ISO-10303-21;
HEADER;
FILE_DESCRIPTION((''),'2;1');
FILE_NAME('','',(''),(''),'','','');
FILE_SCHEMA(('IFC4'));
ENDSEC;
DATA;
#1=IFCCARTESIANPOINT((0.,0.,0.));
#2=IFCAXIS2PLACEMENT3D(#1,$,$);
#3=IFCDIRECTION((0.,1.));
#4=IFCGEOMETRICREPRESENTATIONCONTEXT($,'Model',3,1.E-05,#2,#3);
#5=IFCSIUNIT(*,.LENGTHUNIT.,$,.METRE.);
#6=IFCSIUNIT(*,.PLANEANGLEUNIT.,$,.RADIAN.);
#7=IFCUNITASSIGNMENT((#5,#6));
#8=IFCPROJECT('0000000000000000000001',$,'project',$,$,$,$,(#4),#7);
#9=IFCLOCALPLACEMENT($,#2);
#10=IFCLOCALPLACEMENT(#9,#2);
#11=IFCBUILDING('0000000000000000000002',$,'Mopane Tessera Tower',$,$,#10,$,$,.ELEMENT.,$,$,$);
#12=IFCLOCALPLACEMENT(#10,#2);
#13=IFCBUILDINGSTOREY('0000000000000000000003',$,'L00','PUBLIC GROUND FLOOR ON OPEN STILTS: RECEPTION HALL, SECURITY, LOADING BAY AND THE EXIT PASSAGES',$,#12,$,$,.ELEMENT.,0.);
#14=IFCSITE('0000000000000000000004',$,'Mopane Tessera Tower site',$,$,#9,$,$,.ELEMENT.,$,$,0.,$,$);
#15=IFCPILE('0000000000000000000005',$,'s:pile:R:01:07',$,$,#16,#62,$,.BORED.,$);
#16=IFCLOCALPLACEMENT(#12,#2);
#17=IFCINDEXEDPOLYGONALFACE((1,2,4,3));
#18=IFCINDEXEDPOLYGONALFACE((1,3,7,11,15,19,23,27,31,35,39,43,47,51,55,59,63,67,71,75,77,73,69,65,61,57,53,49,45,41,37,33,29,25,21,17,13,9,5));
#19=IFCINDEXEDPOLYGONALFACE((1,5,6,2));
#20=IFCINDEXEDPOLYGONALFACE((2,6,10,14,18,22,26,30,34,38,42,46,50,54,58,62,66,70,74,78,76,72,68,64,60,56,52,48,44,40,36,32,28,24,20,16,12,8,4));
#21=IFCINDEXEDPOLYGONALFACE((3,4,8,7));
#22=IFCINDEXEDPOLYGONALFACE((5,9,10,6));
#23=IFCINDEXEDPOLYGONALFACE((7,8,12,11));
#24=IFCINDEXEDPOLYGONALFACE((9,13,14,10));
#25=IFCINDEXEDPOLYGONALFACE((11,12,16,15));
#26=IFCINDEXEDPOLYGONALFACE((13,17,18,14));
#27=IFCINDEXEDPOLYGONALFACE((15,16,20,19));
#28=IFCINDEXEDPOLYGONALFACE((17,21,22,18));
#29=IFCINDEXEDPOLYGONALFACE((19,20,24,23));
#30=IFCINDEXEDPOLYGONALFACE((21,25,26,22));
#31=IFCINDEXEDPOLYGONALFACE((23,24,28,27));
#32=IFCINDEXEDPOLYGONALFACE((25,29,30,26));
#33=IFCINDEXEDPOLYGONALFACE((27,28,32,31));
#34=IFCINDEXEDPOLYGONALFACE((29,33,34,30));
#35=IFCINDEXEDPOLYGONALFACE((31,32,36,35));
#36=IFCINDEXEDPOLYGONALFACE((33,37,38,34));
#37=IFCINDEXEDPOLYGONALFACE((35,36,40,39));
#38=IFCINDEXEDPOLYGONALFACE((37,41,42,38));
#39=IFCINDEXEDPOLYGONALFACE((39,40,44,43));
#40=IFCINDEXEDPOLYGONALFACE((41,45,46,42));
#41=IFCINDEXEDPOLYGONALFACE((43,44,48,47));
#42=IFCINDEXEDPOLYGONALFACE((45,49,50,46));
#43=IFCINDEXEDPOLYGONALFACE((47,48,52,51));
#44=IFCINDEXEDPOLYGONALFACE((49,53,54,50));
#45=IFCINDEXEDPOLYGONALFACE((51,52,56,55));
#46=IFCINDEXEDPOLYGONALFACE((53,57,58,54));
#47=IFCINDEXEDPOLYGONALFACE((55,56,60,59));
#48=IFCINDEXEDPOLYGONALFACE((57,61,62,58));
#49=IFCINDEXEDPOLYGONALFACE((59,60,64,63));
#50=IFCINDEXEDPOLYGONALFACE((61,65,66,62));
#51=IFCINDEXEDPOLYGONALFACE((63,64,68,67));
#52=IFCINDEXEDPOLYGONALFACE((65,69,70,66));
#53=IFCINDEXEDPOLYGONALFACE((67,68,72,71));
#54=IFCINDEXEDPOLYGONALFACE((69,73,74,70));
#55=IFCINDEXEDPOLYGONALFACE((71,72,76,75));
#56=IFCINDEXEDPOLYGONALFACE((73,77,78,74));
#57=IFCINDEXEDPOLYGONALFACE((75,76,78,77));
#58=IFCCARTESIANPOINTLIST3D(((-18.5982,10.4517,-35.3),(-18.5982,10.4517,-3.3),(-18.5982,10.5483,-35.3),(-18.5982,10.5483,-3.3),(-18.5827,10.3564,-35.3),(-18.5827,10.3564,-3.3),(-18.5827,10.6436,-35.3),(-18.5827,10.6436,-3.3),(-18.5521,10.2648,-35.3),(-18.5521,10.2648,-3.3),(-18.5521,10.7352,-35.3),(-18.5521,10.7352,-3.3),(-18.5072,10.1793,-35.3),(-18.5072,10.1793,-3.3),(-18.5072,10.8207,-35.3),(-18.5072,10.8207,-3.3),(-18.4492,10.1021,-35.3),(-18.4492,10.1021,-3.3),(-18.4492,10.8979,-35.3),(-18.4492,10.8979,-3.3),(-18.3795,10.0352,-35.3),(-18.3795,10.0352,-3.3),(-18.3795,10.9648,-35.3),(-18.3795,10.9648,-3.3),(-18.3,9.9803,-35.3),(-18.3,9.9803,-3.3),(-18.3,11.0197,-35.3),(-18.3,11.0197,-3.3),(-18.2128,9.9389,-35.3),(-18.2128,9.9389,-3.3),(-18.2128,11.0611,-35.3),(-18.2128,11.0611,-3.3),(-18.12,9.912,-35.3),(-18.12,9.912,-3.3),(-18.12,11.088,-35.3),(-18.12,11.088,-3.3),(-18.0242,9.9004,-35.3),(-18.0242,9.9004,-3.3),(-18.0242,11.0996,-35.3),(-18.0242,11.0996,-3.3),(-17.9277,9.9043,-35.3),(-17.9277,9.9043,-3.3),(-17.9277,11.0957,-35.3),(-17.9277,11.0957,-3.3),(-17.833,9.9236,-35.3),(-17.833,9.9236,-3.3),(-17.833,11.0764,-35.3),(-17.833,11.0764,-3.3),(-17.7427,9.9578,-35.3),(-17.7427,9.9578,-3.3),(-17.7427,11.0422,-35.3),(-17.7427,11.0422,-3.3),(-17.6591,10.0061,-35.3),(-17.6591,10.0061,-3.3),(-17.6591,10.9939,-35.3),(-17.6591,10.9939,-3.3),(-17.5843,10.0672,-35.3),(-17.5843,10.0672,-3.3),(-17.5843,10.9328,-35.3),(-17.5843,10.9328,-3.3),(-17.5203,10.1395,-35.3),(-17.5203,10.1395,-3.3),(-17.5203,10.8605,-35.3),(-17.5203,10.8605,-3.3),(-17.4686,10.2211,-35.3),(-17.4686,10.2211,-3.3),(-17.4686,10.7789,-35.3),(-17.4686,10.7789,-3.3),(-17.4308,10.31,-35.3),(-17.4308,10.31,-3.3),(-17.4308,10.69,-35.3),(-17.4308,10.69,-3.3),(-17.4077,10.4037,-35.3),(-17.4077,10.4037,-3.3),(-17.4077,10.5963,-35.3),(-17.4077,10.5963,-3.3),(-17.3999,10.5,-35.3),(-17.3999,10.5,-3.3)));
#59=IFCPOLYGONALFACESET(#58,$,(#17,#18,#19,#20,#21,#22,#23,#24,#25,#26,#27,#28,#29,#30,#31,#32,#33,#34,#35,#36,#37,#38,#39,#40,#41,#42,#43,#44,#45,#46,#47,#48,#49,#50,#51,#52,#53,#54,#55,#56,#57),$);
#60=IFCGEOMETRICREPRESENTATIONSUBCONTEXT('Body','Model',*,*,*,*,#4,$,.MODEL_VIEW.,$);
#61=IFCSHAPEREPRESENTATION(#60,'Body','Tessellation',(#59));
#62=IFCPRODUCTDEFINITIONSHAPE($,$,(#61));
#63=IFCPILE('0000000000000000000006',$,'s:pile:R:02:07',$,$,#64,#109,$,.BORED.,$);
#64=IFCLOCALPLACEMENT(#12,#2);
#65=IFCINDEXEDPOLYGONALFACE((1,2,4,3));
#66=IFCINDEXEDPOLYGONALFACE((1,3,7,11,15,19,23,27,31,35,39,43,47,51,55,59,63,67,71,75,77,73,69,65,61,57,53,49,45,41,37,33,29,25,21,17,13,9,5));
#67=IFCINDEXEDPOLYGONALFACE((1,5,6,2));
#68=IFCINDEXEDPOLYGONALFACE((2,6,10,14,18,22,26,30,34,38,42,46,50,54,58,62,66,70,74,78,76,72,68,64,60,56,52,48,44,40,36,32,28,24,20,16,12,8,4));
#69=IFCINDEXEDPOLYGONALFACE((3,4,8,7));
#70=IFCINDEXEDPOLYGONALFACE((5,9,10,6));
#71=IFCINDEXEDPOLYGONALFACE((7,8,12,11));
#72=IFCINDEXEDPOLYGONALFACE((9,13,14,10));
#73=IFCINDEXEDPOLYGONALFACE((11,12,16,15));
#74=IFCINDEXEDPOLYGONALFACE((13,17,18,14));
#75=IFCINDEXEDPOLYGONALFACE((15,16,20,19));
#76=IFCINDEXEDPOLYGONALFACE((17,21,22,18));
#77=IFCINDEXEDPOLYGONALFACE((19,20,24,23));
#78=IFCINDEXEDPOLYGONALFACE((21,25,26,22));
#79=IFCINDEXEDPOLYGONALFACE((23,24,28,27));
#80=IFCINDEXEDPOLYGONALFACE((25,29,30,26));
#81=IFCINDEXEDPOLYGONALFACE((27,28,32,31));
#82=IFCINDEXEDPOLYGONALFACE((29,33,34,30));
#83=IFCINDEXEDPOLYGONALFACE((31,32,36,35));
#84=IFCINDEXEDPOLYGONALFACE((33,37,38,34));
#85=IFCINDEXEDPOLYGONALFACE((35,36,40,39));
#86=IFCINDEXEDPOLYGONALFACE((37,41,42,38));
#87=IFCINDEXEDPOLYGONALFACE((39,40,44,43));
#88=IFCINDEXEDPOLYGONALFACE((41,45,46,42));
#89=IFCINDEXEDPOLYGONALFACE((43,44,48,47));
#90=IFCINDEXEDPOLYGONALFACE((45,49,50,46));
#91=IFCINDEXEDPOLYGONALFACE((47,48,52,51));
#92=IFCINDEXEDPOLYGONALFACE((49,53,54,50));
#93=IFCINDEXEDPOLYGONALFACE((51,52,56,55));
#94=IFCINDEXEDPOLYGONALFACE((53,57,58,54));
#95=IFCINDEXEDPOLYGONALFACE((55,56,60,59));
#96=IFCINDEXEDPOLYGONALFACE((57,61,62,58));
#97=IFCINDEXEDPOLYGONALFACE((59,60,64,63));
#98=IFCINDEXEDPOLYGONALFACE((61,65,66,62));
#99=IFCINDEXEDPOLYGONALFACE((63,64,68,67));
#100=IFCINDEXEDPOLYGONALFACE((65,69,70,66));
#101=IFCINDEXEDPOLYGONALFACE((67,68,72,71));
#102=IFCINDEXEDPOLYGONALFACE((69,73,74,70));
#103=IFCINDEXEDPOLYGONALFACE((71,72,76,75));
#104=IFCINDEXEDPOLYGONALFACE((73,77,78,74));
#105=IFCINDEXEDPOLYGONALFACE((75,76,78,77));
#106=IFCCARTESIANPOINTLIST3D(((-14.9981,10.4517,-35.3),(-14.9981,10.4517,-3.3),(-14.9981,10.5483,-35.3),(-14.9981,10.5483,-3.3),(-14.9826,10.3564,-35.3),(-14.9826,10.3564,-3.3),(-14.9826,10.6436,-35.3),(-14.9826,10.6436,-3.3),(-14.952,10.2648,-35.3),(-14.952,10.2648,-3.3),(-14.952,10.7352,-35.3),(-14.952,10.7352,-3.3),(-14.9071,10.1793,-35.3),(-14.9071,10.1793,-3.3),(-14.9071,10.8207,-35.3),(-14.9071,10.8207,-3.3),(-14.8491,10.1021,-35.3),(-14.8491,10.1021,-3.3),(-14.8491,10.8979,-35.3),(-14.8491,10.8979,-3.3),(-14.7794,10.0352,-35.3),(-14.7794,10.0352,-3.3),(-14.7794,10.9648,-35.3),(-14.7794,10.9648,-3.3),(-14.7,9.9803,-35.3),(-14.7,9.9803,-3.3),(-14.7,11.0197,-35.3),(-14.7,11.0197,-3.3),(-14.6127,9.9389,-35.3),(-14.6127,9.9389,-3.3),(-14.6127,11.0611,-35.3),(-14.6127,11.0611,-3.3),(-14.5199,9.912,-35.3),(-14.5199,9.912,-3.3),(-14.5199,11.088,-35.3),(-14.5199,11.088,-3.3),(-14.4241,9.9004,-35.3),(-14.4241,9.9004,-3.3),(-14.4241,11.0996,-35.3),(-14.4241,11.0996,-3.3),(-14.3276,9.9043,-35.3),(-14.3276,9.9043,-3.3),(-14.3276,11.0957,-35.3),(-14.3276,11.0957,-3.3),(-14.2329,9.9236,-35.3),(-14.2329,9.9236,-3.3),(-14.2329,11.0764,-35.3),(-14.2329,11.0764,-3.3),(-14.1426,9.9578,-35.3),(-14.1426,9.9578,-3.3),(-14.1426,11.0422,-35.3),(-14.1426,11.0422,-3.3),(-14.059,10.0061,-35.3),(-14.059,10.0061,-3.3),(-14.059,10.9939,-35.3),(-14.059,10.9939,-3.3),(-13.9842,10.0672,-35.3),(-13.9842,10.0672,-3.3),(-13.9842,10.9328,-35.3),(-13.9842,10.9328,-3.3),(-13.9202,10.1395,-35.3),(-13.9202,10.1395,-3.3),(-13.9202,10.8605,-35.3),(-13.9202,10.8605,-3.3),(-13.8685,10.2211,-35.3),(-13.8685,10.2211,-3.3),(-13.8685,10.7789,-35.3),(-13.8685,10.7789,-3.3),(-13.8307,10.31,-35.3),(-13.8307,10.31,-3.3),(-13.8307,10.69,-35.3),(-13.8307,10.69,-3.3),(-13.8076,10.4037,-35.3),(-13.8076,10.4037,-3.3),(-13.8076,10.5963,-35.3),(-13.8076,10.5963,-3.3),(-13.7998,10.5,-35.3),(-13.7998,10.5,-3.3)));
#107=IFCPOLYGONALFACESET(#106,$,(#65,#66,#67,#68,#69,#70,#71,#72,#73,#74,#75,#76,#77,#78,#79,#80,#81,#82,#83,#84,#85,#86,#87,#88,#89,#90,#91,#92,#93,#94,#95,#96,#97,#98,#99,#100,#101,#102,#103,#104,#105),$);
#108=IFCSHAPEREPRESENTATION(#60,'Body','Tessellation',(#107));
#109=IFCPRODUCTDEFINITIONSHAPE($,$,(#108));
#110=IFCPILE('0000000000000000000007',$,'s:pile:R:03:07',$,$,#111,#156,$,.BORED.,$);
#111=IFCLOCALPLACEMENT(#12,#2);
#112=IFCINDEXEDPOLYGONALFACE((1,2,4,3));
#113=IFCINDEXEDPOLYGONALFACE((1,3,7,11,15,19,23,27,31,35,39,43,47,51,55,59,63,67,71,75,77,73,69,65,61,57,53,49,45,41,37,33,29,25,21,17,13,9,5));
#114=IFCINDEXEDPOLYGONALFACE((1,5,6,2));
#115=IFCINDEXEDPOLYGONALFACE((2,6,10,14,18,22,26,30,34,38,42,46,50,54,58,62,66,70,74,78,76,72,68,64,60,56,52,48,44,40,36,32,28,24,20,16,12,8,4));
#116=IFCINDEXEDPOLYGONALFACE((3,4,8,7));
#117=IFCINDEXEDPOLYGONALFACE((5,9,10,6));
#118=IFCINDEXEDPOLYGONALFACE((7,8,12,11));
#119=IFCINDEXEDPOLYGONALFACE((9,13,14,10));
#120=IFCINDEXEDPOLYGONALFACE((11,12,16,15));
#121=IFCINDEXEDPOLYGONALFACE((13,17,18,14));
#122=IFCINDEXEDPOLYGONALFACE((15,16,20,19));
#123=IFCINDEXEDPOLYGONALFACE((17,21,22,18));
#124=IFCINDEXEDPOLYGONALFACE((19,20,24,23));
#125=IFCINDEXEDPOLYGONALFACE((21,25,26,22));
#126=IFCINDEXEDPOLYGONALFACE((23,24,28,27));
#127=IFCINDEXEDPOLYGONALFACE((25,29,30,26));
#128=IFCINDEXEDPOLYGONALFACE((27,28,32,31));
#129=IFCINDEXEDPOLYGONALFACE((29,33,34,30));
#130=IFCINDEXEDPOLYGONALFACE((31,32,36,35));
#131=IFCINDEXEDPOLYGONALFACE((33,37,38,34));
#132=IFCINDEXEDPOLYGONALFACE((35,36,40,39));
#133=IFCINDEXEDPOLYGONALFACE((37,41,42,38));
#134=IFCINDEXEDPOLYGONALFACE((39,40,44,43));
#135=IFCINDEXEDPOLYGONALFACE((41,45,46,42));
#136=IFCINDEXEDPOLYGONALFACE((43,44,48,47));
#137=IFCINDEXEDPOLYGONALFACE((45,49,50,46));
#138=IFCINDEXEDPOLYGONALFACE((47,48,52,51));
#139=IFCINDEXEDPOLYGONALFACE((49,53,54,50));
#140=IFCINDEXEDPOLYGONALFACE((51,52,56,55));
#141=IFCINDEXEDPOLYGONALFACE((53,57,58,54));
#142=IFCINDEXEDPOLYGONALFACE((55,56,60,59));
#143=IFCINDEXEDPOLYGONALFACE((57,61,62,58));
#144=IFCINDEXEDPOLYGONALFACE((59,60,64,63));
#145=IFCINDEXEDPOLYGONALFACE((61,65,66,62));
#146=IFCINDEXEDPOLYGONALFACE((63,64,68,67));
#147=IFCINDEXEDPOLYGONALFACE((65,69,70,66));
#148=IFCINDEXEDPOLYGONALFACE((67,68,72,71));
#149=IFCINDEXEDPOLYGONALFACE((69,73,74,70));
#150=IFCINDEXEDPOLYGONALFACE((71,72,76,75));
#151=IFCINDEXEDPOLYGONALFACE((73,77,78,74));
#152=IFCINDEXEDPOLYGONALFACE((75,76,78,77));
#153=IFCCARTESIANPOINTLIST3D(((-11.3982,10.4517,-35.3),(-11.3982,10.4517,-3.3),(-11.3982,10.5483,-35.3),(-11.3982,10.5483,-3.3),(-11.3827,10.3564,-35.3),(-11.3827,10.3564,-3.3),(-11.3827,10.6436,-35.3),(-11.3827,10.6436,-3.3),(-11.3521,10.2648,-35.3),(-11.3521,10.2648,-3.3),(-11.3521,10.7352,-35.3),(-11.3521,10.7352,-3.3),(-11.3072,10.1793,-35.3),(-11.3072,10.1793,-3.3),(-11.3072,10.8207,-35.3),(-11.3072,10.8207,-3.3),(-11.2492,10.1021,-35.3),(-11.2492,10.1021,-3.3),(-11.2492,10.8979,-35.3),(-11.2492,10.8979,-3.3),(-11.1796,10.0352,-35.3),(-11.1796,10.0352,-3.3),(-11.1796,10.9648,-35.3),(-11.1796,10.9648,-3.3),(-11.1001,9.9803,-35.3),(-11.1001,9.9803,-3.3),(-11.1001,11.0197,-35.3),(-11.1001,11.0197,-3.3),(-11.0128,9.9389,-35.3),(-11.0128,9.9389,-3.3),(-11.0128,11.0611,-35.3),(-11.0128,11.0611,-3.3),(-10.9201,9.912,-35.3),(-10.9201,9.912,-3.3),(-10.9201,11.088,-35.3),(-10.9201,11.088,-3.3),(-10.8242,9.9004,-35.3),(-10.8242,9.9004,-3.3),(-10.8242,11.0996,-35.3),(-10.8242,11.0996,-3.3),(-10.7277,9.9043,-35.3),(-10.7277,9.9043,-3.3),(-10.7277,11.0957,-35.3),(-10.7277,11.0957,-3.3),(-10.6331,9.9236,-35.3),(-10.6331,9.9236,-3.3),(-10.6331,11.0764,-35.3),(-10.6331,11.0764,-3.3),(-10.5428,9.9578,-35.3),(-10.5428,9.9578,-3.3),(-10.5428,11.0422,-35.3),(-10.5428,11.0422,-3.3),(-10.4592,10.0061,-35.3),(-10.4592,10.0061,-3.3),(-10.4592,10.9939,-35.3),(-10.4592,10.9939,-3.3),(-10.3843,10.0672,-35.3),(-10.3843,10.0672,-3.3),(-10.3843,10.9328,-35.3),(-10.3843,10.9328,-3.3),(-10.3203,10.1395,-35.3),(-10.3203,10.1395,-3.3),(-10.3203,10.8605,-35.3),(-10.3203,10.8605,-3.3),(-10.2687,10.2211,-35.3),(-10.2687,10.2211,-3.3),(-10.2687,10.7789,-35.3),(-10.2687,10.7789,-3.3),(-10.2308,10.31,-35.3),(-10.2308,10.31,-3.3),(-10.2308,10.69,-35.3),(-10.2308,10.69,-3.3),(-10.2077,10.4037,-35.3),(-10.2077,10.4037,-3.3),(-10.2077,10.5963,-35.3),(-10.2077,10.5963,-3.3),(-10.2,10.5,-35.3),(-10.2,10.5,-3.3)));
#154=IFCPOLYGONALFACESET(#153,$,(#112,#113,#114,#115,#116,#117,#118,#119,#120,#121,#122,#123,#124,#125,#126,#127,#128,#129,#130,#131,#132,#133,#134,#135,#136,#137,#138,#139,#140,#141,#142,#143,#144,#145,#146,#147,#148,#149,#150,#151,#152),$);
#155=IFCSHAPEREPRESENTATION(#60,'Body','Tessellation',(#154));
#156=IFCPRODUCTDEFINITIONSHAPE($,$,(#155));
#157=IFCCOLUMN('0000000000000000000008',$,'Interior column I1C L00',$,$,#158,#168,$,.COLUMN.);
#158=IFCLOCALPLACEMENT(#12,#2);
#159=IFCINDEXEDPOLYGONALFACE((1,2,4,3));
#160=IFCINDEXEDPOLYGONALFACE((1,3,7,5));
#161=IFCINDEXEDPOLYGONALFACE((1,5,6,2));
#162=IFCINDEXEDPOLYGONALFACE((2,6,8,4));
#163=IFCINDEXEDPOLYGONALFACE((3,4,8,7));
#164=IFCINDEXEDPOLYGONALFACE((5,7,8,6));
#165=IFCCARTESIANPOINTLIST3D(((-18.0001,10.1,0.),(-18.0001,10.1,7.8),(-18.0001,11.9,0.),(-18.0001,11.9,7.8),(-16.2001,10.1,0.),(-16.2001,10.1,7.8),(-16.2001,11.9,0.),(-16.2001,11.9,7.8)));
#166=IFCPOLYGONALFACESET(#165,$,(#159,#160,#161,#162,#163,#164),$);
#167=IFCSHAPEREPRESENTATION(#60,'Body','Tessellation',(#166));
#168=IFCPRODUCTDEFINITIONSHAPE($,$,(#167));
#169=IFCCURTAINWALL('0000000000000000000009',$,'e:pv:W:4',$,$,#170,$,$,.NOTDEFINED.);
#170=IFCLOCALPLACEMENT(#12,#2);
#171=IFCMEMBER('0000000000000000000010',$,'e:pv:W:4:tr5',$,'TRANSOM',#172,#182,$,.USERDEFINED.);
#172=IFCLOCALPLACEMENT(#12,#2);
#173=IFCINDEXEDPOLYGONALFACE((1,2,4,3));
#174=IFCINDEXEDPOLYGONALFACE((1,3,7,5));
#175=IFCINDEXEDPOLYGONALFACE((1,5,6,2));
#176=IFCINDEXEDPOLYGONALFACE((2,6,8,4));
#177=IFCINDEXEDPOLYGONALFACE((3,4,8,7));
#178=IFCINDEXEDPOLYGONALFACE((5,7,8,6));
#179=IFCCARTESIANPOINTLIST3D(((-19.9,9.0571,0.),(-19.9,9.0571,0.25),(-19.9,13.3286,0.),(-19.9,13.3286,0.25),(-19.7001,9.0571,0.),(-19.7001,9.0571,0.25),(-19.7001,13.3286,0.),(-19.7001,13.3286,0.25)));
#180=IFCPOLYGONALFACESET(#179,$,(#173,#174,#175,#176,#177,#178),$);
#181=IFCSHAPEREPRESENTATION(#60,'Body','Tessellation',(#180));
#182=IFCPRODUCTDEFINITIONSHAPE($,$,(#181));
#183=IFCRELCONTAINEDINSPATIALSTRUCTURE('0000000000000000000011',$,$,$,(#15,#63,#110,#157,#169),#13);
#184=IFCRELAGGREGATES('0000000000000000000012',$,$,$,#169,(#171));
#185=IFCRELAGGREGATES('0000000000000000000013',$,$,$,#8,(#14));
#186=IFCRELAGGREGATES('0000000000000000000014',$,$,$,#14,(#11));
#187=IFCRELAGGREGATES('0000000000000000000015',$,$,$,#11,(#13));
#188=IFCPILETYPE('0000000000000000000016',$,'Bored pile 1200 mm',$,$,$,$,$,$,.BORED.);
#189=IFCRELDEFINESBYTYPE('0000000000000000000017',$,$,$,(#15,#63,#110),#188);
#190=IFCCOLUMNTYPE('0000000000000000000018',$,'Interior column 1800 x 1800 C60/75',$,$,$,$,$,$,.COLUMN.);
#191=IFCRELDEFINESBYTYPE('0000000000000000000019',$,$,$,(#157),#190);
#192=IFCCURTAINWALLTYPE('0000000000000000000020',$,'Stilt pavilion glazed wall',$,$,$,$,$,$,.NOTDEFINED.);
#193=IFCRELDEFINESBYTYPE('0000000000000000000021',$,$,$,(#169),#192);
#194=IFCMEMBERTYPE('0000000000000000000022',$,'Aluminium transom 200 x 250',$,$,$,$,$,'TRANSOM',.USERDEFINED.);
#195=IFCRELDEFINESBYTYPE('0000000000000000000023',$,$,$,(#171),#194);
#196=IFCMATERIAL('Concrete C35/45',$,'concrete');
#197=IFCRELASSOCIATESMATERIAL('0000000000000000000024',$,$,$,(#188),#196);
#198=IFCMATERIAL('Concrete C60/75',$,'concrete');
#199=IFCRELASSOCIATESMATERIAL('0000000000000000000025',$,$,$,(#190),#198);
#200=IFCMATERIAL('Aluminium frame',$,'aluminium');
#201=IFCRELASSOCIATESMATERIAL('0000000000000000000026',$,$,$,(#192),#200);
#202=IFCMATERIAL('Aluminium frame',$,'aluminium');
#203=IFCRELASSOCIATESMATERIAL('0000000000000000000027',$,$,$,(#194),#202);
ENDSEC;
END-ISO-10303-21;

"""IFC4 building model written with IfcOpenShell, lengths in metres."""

from ifc_helpers import new_model, si_unit, direction, frame, origin, origin_2d, place, context, subcontext, project, spatial, rectangle, circle, extrude, material, material_profile, profile_set, type_object, element, aggregate, save


model = new_model("IFC4")

# Units and contexts
model_context = context("Model", 3, precision=1e-05, world=origin(), true_north=direction((0.0, 1.0)))
body_context = subcontext(model_context, "Body", "Model", "MODEL_VIEW")
ifc_project = project(units=[si_unit("LENGTHUNIT", "METRE"), si_unit("PLANEANGLEUNIT", "RADIAN")], contexts=[model_context])

# Site, building, storey
site_placement = place(None, origin())
site = spatial("IfcSite", under=ifc_project, at=site_placement, Name="Mopane Tessera Tower site", CompositionType="ELEMENT", RefElevation=0.0)
building_placement = place(site_placement, origin())
building = spatial("IfcBuilding", under=site, at=building_placement, Name="Mopane Tessera Tower", CompositionType="ELEMENT")
storey_placement = place(building_placement, origin())
storey = spatial("IfcBuildingStorey", under=building, at=storey_placement, Name="L00", Description="PUBLIC GROUND FLOOR ON OPEN STILTS: RECEPTION HALL, SECURITY, LOADING BAY AND THE EXIT PASSAGES", CompositionType="ELEMENT", Elevation=0.0)

# Piles
ifc_material_1 = material(Name="Concrete C35/45", Category="concrete")
ifc_material_profile_1 = material_profile(ifc_material_1, circle(Radius=0.6001, at=origin_2d()))
ifc_profile_set_1 = profile_set([ifc_material_profile_1], Name="Concrete C35/45")
pile_type = type_object("IfcPileType", Name="Bored pile 1200 mm", PredefinedType="BORED", material=ifc_profile_set_1)
for number, where, z_axis, x_axis, name in (
    (1, (-18.0, 10.5, -3.3), (0.0, 0.0, -1.0), (1.0, 0.0, 0.0), "s:pile:R:01:07"),
    (2, (-14.3999, 10.5, -3.3), (0.0, 0.0, -1.0), (1.0, 0.0, 0.0), "s:pile:R:02:07"),
    (3, (-10.8, 10.5, -3.3), (0.0, 0.0, -1.0), (1.0, 0.0, 0.0), "s:pile:R:03:07"),
):
    element("IfcPile", number, at=place(storey_placement, frame(where, z_axis=z_axis, x_axis=x_axis)), inside=storey, type_object=pile_type, Name=name, PredefinedType="BORED", context=body_context, shape_type="SweptSolid", body=[
        extrude(circle(Radius=0.6001, at=origin_2d()), origin(), (0.0, 0.0, 1.0), 32.0),
    ])

# Column
ifc_material_2 = material(Name="Concrete C60/75", Category="concrete")
ifc_material_profile_2 = material_profile(ifc_material_2, rectangle(XDim=1.8, YDim=1.8, at=origin_2d()))
ifc_profile_set_2 = profile_set([ifc_material_profile_2], Name="Concrete C60/75")
column_type = type_object("IfcColumnType", Name="Interior column 1800 x 1800 C60/75", PredefinedType="COLUMN", material=ifc_profile_set_2)
column_placement = place(storey_placement, frame((-17.1001, 11.0, 0.0), z_axis=(0.0, 0.0, 1.0), x_axis=(1.0, 0.0, 0.0)))
element("IfcColumn", 4, at=column_placement, inside=storey, type_object=column_type, Name="Interior column I1C L00", PredefinedType="COLUMN", context=body_context, shape_type="SweptSolid", body=[
    extrude(rectangle(XDim=1.8, YDim=1.8, at=origin_2d()), origin(), (0.0, 0.0, 1.0), 7.8),
])

# Curtain wall, member
ifc_material_3 = material(Name="Aluminium frame", Category="aluminium")
curtain_wall_type = type_object("IfcCurtainWallType", Name="Stilt pavilion glazed wall", PredefinedType="NOTDEFINED", material=ifc_material_3)
curtain_wall_placement = place(storey_placement, origin())
curtain_wall = element("IfcCurtainWall", 5, at=curtain_wall_placement, inside=storey, type_object=curtain_wall_type, Name="e:pv:W:4", PredefinedType="NOTDEFINED")
ifc_material_4 = material(Name="Aluminium frame", Category="aluminium")
ifc_material_profile_3 = material_profile(ifc_material_4, rectangle(XDim=0.2, YDim=0.25, at=origin_2d()))
ifc_profile_set_3 = profile_set([ifc_material_profile_3], Name="Aluminium frame")
member_type = type_object("IfcMemberType", Name="Aluminium transom 200 x 250", ElementType="TRANSOM", PredefinedType="USERDEFINED", material=ifc_profile_set_3)
member_placement = place(storey_placement, frame((-19.8, 9.0571, 0.125), z_axis=(0.0, 1.0, 0.0), x_axis=(-1.0, 0.0, 0.0)))
member = element("IfcMember", 6, at=member_placement, type_object=member_type, Name="e:pv:W:4:tr5", ObjectType="TRANSOM", PredefinedType="USERDEFINED", context=body_context, shape_type="SweptSolid", body=[
    extrude(rectangle(XDim=0.2, YDim=0.25, at=origin_2d()), origin(), (0.0, 0.0, 1.0), 4.2715),
])
aggregate(curtain_wall, [member])

save(model, "model.ifc")
